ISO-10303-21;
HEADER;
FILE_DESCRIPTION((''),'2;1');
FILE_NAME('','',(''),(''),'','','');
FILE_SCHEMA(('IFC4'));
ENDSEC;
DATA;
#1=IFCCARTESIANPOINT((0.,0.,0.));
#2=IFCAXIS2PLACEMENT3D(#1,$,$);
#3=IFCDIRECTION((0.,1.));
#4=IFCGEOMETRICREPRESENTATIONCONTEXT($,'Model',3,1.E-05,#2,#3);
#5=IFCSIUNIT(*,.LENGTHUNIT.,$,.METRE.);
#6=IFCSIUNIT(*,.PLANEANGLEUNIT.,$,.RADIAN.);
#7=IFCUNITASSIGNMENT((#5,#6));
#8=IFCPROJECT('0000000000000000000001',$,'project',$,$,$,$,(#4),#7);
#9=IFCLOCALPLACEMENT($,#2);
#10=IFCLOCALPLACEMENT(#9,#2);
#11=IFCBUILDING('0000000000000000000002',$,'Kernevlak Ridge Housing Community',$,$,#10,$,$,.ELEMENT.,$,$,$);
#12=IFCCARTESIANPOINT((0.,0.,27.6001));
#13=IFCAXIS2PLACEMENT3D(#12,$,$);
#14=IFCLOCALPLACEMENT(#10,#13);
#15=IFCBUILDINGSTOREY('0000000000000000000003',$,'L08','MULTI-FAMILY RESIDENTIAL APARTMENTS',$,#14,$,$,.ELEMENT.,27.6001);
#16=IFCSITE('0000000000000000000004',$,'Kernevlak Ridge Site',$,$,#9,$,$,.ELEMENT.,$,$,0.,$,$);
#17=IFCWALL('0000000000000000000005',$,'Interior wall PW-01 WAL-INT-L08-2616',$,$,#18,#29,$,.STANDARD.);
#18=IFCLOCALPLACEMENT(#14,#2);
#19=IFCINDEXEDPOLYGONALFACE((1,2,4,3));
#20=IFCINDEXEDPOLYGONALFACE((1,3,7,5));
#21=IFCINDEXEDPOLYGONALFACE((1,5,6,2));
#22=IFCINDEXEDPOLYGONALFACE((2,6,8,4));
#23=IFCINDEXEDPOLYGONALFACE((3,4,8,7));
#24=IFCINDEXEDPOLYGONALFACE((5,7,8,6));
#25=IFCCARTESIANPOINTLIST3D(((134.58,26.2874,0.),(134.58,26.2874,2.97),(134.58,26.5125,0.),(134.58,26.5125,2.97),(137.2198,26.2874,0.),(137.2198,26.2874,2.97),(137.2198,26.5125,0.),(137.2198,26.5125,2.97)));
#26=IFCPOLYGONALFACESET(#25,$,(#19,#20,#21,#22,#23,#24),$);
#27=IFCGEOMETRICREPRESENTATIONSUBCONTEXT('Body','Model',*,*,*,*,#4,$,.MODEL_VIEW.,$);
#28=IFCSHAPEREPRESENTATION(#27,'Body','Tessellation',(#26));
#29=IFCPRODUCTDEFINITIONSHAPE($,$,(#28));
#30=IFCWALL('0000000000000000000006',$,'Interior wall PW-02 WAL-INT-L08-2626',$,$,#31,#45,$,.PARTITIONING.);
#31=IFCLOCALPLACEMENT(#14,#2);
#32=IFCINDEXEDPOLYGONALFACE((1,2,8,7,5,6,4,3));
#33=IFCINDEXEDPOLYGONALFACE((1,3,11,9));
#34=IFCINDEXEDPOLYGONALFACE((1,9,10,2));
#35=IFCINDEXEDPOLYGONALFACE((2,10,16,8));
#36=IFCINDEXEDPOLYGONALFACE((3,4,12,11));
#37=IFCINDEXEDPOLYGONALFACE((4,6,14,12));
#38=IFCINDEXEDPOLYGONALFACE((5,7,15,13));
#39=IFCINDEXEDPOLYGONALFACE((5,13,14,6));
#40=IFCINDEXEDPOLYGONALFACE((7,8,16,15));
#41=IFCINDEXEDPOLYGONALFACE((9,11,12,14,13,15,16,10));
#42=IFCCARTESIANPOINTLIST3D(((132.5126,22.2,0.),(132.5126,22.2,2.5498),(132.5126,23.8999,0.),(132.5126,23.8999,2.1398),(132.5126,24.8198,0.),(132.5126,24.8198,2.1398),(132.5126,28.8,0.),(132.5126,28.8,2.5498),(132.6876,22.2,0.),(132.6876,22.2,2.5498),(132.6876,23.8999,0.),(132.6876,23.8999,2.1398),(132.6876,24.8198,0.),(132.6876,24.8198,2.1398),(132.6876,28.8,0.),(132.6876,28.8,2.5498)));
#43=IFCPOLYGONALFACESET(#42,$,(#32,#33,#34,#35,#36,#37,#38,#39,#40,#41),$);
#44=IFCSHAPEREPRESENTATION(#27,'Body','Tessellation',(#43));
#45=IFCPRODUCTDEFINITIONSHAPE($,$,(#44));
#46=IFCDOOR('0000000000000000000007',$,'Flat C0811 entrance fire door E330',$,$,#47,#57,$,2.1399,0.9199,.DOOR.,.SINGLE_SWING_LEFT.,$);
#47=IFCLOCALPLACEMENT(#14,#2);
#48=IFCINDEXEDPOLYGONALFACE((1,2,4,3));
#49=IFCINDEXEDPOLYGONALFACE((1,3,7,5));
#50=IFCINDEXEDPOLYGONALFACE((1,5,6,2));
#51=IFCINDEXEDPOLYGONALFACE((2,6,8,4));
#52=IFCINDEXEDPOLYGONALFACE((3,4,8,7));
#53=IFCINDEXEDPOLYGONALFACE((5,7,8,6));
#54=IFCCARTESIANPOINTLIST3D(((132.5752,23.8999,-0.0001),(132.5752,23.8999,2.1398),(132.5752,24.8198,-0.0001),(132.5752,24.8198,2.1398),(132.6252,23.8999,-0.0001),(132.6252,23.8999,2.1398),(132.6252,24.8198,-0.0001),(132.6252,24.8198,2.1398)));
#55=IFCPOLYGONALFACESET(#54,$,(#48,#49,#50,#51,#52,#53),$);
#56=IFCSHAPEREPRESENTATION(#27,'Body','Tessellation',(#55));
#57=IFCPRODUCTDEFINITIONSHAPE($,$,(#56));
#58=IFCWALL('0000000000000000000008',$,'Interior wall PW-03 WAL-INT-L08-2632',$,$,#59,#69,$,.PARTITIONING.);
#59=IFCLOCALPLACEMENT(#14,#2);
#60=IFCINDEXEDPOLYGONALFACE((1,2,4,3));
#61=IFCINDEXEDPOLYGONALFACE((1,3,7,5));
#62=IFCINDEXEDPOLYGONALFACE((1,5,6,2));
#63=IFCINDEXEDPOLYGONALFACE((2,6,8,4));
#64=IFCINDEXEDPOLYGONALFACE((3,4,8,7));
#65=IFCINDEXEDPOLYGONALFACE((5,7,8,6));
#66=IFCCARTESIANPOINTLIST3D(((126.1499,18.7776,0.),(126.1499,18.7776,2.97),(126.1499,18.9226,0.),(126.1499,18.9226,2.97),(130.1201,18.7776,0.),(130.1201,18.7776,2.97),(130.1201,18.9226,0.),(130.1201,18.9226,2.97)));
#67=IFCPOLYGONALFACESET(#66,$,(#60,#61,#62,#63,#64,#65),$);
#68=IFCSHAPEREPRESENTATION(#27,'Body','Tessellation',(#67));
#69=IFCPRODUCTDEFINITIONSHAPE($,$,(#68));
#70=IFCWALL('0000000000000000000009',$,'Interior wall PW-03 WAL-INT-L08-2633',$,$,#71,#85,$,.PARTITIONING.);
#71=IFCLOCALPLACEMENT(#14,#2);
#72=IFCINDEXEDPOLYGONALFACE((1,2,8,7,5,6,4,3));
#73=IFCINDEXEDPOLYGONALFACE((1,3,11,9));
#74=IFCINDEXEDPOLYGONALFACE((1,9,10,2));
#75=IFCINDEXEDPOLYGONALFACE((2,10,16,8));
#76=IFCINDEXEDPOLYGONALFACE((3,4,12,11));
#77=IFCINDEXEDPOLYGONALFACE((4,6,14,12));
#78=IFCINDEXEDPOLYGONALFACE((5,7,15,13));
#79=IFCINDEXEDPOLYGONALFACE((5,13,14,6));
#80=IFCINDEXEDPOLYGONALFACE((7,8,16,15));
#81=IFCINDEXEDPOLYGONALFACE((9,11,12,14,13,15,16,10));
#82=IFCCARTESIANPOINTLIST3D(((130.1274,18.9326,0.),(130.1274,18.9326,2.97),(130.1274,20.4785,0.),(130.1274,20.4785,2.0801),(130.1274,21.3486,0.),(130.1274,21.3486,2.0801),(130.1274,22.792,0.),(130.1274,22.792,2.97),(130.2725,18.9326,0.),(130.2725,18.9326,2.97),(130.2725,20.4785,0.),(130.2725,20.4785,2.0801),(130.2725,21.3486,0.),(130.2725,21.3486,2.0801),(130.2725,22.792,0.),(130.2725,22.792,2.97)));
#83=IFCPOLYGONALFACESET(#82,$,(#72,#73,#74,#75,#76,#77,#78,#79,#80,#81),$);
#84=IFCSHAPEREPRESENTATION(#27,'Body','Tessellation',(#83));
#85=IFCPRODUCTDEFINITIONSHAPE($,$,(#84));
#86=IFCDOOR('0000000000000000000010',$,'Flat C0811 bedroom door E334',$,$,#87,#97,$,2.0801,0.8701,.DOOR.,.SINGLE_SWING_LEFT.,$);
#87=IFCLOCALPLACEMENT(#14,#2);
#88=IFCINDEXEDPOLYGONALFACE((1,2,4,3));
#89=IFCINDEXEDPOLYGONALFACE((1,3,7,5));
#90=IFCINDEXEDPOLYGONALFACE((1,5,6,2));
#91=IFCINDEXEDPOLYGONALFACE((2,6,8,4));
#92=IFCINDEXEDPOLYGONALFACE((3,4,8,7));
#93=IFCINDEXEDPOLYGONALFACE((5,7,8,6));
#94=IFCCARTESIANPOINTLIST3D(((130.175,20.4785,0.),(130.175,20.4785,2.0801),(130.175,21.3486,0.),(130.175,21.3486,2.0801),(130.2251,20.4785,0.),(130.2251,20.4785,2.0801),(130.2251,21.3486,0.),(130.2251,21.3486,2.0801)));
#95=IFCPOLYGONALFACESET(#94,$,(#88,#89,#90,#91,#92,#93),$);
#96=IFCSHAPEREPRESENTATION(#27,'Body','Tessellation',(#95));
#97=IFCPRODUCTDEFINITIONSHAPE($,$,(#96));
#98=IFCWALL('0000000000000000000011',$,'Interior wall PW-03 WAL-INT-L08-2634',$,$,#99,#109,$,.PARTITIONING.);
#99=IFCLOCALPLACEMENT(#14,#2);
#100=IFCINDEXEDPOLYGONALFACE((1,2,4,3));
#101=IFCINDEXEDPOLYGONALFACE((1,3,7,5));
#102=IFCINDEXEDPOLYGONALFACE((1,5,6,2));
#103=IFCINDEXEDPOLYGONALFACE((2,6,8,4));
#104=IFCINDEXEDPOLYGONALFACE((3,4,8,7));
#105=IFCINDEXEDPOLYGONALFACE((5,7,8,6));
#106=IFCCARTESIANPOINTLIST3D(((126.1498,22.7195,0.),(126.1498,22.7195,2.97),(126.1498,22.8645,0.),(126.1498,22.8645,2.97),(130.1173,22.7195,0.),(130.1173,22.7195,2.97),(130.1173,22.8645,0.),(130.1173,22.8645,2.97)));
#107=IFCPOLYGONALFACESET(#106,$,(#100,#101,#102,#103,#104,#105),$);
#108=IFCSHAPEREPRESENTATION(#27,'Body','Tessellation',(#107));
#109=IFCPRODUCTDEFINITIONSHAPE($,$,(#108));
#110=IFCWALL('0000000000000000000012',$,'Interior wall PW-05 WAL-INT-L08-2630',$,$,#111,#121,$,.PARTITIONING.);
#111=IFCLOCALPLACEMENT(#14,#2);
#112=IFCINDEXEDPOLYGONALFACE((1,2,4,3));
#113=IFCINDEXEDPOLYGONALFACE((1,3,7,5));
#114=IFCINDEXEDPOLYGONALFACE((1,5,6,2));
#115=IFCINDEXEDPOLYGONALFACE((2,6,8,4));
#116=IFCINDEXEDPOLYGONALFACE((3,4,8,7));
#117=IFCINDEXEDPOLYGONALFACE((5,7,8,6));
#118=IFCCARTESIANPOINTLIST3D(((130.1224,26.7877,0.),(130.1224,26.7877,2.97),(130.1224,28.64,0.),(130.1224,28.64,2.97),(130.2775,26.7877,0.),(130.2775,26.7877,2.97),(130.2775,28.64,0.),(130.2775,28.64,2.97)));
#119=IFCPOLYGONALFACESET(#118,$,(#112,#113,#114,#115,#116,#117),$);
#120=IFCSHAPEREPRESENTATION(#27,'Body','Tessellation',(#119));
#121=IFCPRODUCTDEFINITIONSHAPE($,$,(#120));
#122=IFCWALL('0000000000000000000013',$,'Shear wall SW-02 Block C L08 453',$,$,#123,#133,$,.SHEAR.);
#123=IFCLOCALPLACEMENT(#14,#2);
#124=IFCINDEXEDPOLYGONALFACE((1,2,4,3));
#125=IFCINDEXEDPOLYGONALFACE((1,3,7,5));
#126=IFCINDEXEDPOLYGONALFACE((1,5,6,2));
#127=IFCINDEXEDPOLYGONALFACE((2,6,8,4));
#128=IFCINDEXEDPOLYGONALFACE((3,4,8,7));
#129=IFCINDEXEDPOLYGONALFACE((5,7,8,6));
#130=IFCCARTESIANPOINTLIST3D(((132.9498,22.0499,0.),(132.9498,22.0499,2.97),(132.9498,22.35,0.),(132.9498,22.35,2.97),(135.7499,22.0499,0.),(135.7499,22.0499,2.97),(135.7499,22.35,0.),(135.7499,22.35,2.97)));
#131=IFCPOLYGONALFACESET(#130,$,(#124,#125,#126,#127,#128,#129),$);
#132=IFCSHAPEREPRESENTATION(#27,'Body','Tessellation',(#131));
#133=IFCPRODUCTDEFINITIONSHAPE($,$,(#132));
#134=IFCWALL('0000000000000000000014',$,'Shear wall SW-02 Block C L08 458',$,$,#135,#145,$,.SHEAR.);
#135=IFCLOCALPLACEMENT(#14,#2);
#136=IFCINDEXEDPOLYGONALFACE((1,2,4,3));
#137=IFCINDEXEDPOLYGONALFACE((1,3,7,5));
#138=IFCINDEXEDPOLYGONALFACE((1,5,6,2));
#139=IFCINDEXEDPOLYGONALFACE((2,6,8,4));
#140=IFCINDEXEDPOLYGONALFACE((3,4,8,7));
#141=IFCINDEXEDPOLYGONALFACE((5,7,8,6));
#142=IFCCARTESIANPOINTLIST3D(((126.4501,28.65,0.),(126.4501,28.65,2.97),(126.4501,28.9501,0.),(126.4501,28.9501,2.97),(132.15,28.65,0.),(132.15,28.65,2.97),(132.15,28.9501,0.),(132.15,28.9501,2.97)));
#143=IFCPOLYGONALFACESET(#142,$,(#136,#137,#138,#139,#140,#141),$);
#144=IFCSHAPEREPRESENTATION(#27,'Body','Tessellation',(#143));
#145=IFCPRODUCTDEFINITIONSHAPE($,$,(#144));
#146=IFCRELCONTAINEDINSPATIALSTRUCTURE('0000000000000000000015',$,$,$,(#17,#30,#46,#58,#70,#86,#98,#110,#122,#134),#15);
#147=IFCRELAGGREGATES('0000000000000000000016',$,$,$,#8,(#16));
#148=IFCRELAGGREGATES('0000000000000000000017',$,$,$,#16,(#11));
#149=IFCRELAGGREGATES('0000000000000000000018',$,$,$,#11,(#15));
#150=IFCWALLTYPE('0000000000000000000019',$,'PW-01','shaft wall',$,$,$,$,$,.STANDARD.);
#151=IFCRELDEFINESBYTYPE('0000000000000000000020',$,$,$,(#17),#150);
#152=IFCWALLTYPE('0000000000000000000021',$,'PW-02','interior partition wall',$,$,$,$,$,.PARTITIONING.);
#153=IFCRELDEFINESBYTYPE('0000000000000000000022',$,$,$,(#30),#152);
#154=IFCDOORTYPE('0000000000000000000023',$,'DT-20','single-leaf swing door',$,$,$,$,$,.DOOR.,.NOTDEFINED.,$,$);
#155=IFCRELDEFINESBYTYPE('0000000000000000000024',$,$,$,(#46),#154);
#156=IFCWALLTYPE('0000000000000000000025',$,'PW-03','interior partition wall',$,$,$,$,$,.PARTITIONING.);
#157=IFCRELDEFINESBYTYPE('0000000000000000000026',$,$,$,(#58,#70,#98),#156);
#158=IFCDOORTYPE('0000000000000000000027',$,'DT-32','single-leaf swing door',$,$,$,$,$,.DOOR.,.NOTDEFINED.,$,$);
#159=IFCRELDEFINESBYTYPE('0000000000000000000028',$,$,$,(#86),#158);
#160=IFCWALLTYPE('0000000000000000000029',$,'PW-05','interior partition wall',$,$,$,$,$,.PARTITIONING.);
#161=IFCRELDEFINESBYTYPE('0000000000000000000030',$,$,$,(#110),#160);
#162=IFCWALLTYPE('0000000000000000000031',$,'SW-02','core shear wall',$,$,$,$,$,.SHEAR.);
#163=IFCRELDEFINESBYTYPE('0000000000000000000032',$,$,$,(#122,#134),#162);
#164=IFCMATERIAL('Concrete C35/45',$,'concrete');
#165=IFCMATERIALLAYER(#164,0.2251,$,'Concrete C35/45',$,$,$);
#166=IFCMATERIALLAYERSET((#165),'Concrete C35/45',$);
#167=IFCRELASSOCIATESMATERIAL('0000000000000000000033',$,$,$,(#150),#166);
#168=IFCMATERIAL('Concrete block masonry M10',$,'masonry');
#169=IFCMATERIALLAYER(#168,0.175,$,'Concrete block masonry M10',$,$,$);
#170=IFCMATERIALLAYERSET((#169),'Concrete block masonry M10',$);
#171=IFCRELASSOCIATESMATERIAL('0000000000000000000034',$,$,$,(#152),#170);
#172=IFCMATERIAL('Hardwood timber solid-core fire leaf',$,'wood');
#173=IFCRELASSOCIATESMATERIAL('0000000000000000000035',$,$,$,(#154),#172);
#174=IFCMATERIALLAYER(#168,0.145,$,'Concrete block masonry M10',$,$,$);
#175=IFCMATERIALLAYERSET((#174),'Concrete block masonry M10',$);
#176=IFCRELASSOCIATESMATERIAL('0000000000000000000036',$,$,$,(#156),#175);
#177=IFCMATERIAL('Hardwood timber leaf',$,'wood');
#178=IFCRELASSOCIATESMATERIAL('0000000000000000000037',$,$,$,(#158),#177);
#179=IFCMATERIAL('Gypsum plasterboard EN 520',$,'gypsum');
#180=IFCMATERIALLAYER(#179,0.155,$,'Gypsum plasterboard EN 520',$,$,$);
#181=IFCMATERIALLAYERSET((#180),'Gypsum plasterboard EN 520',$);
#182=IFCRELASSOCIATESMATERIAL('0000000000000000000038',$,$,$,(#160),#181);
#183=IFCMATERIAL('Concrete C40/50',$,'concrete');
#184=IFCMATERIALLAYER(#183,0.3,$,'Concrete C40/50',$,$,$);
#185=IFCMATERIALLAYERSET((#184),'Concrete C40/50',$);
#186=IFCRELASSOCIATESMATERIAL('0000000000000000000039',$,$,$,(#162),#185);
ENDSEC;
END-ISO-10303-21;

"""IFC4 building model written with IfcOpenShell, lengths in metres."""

from ifc_helpers import new_model, si_unit, direction, frame, frame_2d, origin, place, context, subcontext, project, spatial, rectangle, extrude, material, layer, layer_set, type_object, element, fill, save


model = new_model("IFC4")

# Units and contexts
model_context = context("Model", 3, precision=1e-05, world=origin(), true_north=direction((0.0, 1.0)))
body_context = subcontext(model_context, "Body", "Model", "MODEL_VIEW")
ifc_project = project(units=[si_unit("LENGTHUNIT", "METRE"), si_unit("PLANEANGLEUNIT", "RADIAN")], contexts=[model_context])

# Site, building, storey
site_placement = place(None, origin())
site = spatial("IfcSite", under=ifc_project, at=site_placement, Name="Kernevlak Ridge Site", CompositionType="ELEMENT", RefElevation=0.0)
building_placement = place(site_placement, origin())
building = spatial("IfcBuilding", under=site, at=building_placement, Name="Kernevlak Ridge Housing Community", CompositionType="ELEMENT")
storey_placement = place(building_placement, frame((0.0, 0.0, 27.6001)))
storey = spatial("IfcBuildingStorey", under=building, at=storey_placement, Name="L08", Description="MULTI-FAMILY RESIDENTIAL APARTMENTS", CompositionType="ELEMENT", Elevation=27.6001)

# Shared definitions
ifc_material_1 = material(Name="Concrete C35/45", Category="concrete")

# Shared definitions
ifc_material_2 = material(Name="Concrete block masonry M10", Category="masonry")

# Shared definitions
ifc_layer_1 = layer(ifc_material_1, 0.2251, Name="Concrete C35/45")
ifc_layer_set_1 = layer_set([ifc_layer_1], Name="Concrete C35/45")
wall_type_1 = type_object("IfcWallType", Name="PW-01", Description="shaft wall", PredefinedType="STANDARD", material=ifc_layer_set_1)

# Wall
for number, where, z_axis, x_axis, name in (
    (1, (134.5801, 26.3999, 0.0), (0.0, 0.0, 1.0), (1.0, 0.0, 0.0), "Interior wall PW-01 WAL-INT-L08-2616"),
):
    element("IfcWall", number, at=place(storey_placement, frame(where, z_axis=z_axis, x_axis=x_axis)), inside=storey, type_object=wall_type_1, Name=name, PredefinedType="STANDARD", context=body_context, shape_type="SweptSolid", body=[
        extrude(rectangle(XDim=2.6399, YDim=0.2251, at=frame_2d((1.3198, 0.0))), origin(), (0.0, 0.0, 1.0), 2.97),
    ])

# Wall, opening, door
ifc_layer_2 = layer(ifc_material_2, 0.175, Name="Concrete block masonry M10")
ifc_layer_set_2 = layer_set([ifc_layer_2], Name="Concrete block masonry M10")
wall_type_2 = type_object("IfcWallType", Name="PW-02", Description="interior partition wall", PredefinedType="PARTITIONING", material=ifc_layer_set_2)
wall_1_placement = place(storey_placement, frame((132.6001, 22.2, 0.0), z_axis=(0.0, 0.0, 1.0), x_axis=(0.0, 1.0, 0.0)))
wall_1 = element("IfcWall", 2, at=wall_1_placement, inside=storey, type_object=wall_type_2, Name="Interior wall PW-02 WAL-INT-L08-2626", PredefinedType="PARTITIONING", context=body_context, shape_type="SweptSolid", body=[
    extrude(rectangle(XDim=6.6001, YDim=0.175, at=frame_2d((3.3, 0.0))), origin(), (0.0, 0.0, 1.0), 2.5498),
])
opening_1_placement = place(wall_1_placement, frame((1.7, 0.0, 0.0)))
opening_1 = element("IfcOpeningElement", 3, at=opening_1_placement, cuts=wall_1, PredefinedType="OPENING", context=body_context, shape_type="SweptSolid", body=[
    extrude(rectangle(XDim=0.9199, YDim=2.1399, at=frame_2d((0.46, 1.0698))), frame((0.0, 0.0974, 0.0), z_axis=(0.0, -1.0, 0.0), x_axis=(1.0, 0.0, 0.0)), (0.0, 0.0, 1.0), 0.1951),
])
ifc_material_3 = material(Name="Hardwood timber solid-core fire leaf", Category="wood")
door_type_1 = type_object("IfcDoorType", Name="DT-20", Description="single-leaf swing door", OperationType="NOTDEFINED", PredefinedType="DOOR", material=ifc_material_3)
door_1_placement = place(opening_1_placement, origin())
door_1 = element("IfcDoor", 4, at=door_1_placement, inside=storey, type_object=door_type_1, Name="Flat C0811 entrance fire door E330", OperationType="SINGLE_SWING_LEFT", OverallHeight=2.1399, OverallWidth=0.9199, PredefinedType="DOOR", context=body_context, shape_type="SweptSolid", body=[
    extrude(rectangle(XDim=0.9199, YDim=2.1399, at=frame_2d((0.46, 1.0698))), frame((0.0, 0.0249, 0.0), z_axis=(0.0, -1.0, 0.0), x_axis=(1.0, 0.0, 0.0)), (0.0, 0.0, 1.0), 0.05),
])
fill(opening_1, door_1)

# Wall
ifc_layer_3 = layer(ifc_material_2, 0.145, Name="Concrete block masonry M10")
ifc_layer_set_3 = layer_set([ifc_layer_3], Name="Concrete block masonry M10")
wall_type_3 = type_object("IfcWallType", Name="PW-03", Description="interior partition wall", PredefinedType="PARTITIONING", material=ifc_layer_set_3)
wall_2_placement = place(storey_placement, frame((130.1201, 18.8501, 0.0), z_axis=(0.0, 0.0, 1.0), x_axis=(-1.0, 0.0, 0.0)))
element("IfcWall", 5, at=wall_2_placement, inside=storey, type_object=wall_type_3, Name="Interior wall PW-03 WAL-INT-L08-2632", PredefinedType="PARTITIONING", context=body_context, shape_type="SweptSolid", body=[
    extrude(rectangle(XDim=3.9702, YDim=0.145, at=frame_2d((1.9851, 0.0))), origin(), (0.0, 0.0, 1.0), 2.97),
])

# Wall, opening, door
wall_3_placement = place(storey_placement, frame((130.2, 18.9326, 0.0), z_axis=(0.0, 0.0, 1.0), x_axis=(0.0, 1.0, 0.0)))
wall_3 = element("IfcWall", 6, at=wall_3_placement, inside=storey, type_object=wall_type_3, Name="Interior wall PW-03 WAL-INT-L08-2633", PredefinedType="PARTITIONING", context=body_context, shape_type="SweptSolid", body=[
    extrude(rectangle(XDim=3.8594, YDim=0.145, at=frame_2d((1.9297, 0.0))), origin(), (0.0, 0.0, 1.0), 2.97),
])
opening_2_placement = place(wall_3_placement, frame((1.5459, 0.0, 0.0)))
opening_2 = element("IfcOpeningElement", 7, at=opening_2_placement, cuts=wall_3, PredefinedType="OPENING", context=body_context, shape_type="SweptSolid", body=[
    extrude(rectangle(XDim=0.8701, YDim=2.0801, at=frame_2d((0.4351, 1.04))), frame((0.0, 0.0825, 0.0), z_axis=(0.0, -1.0, 0.0), x_axis=(1.0, 0.0, 0.0)), (0.0, 0.0, 1.0), 0.165),
])
ifc_material_4 = material(Name="Hardwood timber leaf", Category="wood")
door_type_2 = type_object("IfcDoorType", Name="DT-32", Description="single-leaf swing door", OperationType="NOTDEFINED", PredefinedType="DOOR", material=ifc_material_4)
door_2_placement = place(opening_2_placement, origin())
door_2 = element("IfcDoor", 8, at=door_2_placement, inside=storey, type_object=door_type_2, Name="Flat C0811 bedroom door E334", OperationType="SINGLE_SWING_LEFT", OverallHeight=2.0801, OverallWidth=0.8701, PredefinedType="DOOR", context=body_context, shape_type="SweptSolid", body=[
    extrude(rectangle(XDim=0.8701, YDim=2.0801, at=frame_2d((0.4351, 1.04))), frame((0.0, 0.0249, 0.0), z_axis=(0.0, -1.0, 0.0), x_axis=(1.0, 0.0, 0.0)), (0.0, 0.0, 1.0), 0.05),
])
fill(opening_2, door_2)

# Wall
wall_4_placement = place(storey_placement, frame((130.1174, 22.792, 0.0), z_axis=(0.0, 0.0, 1.0), x_axis=(-1.0, 0.0, 0.0)))
element("IfcWall", 9, at=wall_4_placement, inside=storey, type_object=wall_type_3, Name="Interior wall PW-03 WAL-INT-L08-2634", PredefinedType="PARTITIONING", context=body_context, shape_type="SweptSolid", body=[
    extrude(rectangle(XDim=3.9675, YDim=0.145, at=frame_2d((1.9839, 0.0))), origin(), (0.0, 0.0, 1.0), 2.97),
])

# Shared definitions
ifc_material_5 = material(Name="Gypsum plasterboard EN 520", Category="gypsum")
ifc_layer_4 = layer(ifc_material_5, 0.155, Name="Gypsum plasterboard EN 520")
ifc_layer_set_4 = layer_set([ifc_layer_4], Name="Gypsum plasterboard EN 520")
wall_type_4 = type_object("IfcWallType", Name="PW-05", Description="interior partition wall", PredefinedType="PARTITIONING", material=ifc_layer_set_4)

# Walls
wall_5_placement = place(storey_placement, frame((130.2, 26.7876, 0.0), z_axis=(0.0, 0.0, 1.0), x_axis=(0.0, 1.0, 0.0)))
element("IfcWall", 10, at=wall_5_placement, inside=storey, type_object=wall_type_4, Name="Interior wall PW-05 WAL-INT-L08-2630", PredefinedType="PARTITIONING", context=body_context, shape_type="SweptSolid", body=[
    extrude(rectangle(XDim=1.8523, YDim=0.155, at=frame_2d((0.9263, 0.0))), origin(), (0.0, 0.0, 1.0), 2.97),
])
ifc_material_6 = material(Name="Concrete C40/50", Category="concrete")
ifc_layer_5 = layer(ifc_material_6, 0.3, Name="Concrete C40/50")
ifc_layer_set_5 = layer_set([ifc_layer_5], Name="Concrete C40/50")
wall_type_5 = type_object("IfcWallType", Name="SW-02", Description="core shear wall", PredefinedType="SHEAR", material=ifc_layer_set_5)
wall_6_placement = place(storey_placement, frame((132.95, 22.2, 0.0), z_axis=(0.0, 0.0, 1.0), x_axis=(1.0, 0.0, 0.0)))
element("IfcWall", 11, at=wall_6_placement, inside=storey, type_object=wall_type_5, Name="Shear wall SW-02 Block C L08 453", PredefinedType="SHEAR", context=body_context, shape_type="SweptSolid", body=[
    extrude(rectangle(XDim=2.8, YDim=0.3, at=frame_2d((1.3999, 0.0))), origin(), (0.0, 0.0, 1.0), 2.97),
])
wall_7_placement = place(storey_placement, frame((126.45, 28.8, 0.0), z_axis=(0.0, 0.0, 1.0), x_axis=(1.0, 0.0, 0.0)))
element("IfcWall", 12, at=wall_7_placement, inside=storey, type_object=wall_type_5, Name="Shear wall SW-02 Block C L08 458", PredefinedType="SHEAR", context=body_context, shape_type="SweptSolid", body=[
    extrude(rectangle(XDim=5.7, YDim=0.3, at=frame_2d((2.8501, 0.0))), origin(), (0.0, 0.0, 1.0), 2.97),
])

save(model, "model.ifc")
